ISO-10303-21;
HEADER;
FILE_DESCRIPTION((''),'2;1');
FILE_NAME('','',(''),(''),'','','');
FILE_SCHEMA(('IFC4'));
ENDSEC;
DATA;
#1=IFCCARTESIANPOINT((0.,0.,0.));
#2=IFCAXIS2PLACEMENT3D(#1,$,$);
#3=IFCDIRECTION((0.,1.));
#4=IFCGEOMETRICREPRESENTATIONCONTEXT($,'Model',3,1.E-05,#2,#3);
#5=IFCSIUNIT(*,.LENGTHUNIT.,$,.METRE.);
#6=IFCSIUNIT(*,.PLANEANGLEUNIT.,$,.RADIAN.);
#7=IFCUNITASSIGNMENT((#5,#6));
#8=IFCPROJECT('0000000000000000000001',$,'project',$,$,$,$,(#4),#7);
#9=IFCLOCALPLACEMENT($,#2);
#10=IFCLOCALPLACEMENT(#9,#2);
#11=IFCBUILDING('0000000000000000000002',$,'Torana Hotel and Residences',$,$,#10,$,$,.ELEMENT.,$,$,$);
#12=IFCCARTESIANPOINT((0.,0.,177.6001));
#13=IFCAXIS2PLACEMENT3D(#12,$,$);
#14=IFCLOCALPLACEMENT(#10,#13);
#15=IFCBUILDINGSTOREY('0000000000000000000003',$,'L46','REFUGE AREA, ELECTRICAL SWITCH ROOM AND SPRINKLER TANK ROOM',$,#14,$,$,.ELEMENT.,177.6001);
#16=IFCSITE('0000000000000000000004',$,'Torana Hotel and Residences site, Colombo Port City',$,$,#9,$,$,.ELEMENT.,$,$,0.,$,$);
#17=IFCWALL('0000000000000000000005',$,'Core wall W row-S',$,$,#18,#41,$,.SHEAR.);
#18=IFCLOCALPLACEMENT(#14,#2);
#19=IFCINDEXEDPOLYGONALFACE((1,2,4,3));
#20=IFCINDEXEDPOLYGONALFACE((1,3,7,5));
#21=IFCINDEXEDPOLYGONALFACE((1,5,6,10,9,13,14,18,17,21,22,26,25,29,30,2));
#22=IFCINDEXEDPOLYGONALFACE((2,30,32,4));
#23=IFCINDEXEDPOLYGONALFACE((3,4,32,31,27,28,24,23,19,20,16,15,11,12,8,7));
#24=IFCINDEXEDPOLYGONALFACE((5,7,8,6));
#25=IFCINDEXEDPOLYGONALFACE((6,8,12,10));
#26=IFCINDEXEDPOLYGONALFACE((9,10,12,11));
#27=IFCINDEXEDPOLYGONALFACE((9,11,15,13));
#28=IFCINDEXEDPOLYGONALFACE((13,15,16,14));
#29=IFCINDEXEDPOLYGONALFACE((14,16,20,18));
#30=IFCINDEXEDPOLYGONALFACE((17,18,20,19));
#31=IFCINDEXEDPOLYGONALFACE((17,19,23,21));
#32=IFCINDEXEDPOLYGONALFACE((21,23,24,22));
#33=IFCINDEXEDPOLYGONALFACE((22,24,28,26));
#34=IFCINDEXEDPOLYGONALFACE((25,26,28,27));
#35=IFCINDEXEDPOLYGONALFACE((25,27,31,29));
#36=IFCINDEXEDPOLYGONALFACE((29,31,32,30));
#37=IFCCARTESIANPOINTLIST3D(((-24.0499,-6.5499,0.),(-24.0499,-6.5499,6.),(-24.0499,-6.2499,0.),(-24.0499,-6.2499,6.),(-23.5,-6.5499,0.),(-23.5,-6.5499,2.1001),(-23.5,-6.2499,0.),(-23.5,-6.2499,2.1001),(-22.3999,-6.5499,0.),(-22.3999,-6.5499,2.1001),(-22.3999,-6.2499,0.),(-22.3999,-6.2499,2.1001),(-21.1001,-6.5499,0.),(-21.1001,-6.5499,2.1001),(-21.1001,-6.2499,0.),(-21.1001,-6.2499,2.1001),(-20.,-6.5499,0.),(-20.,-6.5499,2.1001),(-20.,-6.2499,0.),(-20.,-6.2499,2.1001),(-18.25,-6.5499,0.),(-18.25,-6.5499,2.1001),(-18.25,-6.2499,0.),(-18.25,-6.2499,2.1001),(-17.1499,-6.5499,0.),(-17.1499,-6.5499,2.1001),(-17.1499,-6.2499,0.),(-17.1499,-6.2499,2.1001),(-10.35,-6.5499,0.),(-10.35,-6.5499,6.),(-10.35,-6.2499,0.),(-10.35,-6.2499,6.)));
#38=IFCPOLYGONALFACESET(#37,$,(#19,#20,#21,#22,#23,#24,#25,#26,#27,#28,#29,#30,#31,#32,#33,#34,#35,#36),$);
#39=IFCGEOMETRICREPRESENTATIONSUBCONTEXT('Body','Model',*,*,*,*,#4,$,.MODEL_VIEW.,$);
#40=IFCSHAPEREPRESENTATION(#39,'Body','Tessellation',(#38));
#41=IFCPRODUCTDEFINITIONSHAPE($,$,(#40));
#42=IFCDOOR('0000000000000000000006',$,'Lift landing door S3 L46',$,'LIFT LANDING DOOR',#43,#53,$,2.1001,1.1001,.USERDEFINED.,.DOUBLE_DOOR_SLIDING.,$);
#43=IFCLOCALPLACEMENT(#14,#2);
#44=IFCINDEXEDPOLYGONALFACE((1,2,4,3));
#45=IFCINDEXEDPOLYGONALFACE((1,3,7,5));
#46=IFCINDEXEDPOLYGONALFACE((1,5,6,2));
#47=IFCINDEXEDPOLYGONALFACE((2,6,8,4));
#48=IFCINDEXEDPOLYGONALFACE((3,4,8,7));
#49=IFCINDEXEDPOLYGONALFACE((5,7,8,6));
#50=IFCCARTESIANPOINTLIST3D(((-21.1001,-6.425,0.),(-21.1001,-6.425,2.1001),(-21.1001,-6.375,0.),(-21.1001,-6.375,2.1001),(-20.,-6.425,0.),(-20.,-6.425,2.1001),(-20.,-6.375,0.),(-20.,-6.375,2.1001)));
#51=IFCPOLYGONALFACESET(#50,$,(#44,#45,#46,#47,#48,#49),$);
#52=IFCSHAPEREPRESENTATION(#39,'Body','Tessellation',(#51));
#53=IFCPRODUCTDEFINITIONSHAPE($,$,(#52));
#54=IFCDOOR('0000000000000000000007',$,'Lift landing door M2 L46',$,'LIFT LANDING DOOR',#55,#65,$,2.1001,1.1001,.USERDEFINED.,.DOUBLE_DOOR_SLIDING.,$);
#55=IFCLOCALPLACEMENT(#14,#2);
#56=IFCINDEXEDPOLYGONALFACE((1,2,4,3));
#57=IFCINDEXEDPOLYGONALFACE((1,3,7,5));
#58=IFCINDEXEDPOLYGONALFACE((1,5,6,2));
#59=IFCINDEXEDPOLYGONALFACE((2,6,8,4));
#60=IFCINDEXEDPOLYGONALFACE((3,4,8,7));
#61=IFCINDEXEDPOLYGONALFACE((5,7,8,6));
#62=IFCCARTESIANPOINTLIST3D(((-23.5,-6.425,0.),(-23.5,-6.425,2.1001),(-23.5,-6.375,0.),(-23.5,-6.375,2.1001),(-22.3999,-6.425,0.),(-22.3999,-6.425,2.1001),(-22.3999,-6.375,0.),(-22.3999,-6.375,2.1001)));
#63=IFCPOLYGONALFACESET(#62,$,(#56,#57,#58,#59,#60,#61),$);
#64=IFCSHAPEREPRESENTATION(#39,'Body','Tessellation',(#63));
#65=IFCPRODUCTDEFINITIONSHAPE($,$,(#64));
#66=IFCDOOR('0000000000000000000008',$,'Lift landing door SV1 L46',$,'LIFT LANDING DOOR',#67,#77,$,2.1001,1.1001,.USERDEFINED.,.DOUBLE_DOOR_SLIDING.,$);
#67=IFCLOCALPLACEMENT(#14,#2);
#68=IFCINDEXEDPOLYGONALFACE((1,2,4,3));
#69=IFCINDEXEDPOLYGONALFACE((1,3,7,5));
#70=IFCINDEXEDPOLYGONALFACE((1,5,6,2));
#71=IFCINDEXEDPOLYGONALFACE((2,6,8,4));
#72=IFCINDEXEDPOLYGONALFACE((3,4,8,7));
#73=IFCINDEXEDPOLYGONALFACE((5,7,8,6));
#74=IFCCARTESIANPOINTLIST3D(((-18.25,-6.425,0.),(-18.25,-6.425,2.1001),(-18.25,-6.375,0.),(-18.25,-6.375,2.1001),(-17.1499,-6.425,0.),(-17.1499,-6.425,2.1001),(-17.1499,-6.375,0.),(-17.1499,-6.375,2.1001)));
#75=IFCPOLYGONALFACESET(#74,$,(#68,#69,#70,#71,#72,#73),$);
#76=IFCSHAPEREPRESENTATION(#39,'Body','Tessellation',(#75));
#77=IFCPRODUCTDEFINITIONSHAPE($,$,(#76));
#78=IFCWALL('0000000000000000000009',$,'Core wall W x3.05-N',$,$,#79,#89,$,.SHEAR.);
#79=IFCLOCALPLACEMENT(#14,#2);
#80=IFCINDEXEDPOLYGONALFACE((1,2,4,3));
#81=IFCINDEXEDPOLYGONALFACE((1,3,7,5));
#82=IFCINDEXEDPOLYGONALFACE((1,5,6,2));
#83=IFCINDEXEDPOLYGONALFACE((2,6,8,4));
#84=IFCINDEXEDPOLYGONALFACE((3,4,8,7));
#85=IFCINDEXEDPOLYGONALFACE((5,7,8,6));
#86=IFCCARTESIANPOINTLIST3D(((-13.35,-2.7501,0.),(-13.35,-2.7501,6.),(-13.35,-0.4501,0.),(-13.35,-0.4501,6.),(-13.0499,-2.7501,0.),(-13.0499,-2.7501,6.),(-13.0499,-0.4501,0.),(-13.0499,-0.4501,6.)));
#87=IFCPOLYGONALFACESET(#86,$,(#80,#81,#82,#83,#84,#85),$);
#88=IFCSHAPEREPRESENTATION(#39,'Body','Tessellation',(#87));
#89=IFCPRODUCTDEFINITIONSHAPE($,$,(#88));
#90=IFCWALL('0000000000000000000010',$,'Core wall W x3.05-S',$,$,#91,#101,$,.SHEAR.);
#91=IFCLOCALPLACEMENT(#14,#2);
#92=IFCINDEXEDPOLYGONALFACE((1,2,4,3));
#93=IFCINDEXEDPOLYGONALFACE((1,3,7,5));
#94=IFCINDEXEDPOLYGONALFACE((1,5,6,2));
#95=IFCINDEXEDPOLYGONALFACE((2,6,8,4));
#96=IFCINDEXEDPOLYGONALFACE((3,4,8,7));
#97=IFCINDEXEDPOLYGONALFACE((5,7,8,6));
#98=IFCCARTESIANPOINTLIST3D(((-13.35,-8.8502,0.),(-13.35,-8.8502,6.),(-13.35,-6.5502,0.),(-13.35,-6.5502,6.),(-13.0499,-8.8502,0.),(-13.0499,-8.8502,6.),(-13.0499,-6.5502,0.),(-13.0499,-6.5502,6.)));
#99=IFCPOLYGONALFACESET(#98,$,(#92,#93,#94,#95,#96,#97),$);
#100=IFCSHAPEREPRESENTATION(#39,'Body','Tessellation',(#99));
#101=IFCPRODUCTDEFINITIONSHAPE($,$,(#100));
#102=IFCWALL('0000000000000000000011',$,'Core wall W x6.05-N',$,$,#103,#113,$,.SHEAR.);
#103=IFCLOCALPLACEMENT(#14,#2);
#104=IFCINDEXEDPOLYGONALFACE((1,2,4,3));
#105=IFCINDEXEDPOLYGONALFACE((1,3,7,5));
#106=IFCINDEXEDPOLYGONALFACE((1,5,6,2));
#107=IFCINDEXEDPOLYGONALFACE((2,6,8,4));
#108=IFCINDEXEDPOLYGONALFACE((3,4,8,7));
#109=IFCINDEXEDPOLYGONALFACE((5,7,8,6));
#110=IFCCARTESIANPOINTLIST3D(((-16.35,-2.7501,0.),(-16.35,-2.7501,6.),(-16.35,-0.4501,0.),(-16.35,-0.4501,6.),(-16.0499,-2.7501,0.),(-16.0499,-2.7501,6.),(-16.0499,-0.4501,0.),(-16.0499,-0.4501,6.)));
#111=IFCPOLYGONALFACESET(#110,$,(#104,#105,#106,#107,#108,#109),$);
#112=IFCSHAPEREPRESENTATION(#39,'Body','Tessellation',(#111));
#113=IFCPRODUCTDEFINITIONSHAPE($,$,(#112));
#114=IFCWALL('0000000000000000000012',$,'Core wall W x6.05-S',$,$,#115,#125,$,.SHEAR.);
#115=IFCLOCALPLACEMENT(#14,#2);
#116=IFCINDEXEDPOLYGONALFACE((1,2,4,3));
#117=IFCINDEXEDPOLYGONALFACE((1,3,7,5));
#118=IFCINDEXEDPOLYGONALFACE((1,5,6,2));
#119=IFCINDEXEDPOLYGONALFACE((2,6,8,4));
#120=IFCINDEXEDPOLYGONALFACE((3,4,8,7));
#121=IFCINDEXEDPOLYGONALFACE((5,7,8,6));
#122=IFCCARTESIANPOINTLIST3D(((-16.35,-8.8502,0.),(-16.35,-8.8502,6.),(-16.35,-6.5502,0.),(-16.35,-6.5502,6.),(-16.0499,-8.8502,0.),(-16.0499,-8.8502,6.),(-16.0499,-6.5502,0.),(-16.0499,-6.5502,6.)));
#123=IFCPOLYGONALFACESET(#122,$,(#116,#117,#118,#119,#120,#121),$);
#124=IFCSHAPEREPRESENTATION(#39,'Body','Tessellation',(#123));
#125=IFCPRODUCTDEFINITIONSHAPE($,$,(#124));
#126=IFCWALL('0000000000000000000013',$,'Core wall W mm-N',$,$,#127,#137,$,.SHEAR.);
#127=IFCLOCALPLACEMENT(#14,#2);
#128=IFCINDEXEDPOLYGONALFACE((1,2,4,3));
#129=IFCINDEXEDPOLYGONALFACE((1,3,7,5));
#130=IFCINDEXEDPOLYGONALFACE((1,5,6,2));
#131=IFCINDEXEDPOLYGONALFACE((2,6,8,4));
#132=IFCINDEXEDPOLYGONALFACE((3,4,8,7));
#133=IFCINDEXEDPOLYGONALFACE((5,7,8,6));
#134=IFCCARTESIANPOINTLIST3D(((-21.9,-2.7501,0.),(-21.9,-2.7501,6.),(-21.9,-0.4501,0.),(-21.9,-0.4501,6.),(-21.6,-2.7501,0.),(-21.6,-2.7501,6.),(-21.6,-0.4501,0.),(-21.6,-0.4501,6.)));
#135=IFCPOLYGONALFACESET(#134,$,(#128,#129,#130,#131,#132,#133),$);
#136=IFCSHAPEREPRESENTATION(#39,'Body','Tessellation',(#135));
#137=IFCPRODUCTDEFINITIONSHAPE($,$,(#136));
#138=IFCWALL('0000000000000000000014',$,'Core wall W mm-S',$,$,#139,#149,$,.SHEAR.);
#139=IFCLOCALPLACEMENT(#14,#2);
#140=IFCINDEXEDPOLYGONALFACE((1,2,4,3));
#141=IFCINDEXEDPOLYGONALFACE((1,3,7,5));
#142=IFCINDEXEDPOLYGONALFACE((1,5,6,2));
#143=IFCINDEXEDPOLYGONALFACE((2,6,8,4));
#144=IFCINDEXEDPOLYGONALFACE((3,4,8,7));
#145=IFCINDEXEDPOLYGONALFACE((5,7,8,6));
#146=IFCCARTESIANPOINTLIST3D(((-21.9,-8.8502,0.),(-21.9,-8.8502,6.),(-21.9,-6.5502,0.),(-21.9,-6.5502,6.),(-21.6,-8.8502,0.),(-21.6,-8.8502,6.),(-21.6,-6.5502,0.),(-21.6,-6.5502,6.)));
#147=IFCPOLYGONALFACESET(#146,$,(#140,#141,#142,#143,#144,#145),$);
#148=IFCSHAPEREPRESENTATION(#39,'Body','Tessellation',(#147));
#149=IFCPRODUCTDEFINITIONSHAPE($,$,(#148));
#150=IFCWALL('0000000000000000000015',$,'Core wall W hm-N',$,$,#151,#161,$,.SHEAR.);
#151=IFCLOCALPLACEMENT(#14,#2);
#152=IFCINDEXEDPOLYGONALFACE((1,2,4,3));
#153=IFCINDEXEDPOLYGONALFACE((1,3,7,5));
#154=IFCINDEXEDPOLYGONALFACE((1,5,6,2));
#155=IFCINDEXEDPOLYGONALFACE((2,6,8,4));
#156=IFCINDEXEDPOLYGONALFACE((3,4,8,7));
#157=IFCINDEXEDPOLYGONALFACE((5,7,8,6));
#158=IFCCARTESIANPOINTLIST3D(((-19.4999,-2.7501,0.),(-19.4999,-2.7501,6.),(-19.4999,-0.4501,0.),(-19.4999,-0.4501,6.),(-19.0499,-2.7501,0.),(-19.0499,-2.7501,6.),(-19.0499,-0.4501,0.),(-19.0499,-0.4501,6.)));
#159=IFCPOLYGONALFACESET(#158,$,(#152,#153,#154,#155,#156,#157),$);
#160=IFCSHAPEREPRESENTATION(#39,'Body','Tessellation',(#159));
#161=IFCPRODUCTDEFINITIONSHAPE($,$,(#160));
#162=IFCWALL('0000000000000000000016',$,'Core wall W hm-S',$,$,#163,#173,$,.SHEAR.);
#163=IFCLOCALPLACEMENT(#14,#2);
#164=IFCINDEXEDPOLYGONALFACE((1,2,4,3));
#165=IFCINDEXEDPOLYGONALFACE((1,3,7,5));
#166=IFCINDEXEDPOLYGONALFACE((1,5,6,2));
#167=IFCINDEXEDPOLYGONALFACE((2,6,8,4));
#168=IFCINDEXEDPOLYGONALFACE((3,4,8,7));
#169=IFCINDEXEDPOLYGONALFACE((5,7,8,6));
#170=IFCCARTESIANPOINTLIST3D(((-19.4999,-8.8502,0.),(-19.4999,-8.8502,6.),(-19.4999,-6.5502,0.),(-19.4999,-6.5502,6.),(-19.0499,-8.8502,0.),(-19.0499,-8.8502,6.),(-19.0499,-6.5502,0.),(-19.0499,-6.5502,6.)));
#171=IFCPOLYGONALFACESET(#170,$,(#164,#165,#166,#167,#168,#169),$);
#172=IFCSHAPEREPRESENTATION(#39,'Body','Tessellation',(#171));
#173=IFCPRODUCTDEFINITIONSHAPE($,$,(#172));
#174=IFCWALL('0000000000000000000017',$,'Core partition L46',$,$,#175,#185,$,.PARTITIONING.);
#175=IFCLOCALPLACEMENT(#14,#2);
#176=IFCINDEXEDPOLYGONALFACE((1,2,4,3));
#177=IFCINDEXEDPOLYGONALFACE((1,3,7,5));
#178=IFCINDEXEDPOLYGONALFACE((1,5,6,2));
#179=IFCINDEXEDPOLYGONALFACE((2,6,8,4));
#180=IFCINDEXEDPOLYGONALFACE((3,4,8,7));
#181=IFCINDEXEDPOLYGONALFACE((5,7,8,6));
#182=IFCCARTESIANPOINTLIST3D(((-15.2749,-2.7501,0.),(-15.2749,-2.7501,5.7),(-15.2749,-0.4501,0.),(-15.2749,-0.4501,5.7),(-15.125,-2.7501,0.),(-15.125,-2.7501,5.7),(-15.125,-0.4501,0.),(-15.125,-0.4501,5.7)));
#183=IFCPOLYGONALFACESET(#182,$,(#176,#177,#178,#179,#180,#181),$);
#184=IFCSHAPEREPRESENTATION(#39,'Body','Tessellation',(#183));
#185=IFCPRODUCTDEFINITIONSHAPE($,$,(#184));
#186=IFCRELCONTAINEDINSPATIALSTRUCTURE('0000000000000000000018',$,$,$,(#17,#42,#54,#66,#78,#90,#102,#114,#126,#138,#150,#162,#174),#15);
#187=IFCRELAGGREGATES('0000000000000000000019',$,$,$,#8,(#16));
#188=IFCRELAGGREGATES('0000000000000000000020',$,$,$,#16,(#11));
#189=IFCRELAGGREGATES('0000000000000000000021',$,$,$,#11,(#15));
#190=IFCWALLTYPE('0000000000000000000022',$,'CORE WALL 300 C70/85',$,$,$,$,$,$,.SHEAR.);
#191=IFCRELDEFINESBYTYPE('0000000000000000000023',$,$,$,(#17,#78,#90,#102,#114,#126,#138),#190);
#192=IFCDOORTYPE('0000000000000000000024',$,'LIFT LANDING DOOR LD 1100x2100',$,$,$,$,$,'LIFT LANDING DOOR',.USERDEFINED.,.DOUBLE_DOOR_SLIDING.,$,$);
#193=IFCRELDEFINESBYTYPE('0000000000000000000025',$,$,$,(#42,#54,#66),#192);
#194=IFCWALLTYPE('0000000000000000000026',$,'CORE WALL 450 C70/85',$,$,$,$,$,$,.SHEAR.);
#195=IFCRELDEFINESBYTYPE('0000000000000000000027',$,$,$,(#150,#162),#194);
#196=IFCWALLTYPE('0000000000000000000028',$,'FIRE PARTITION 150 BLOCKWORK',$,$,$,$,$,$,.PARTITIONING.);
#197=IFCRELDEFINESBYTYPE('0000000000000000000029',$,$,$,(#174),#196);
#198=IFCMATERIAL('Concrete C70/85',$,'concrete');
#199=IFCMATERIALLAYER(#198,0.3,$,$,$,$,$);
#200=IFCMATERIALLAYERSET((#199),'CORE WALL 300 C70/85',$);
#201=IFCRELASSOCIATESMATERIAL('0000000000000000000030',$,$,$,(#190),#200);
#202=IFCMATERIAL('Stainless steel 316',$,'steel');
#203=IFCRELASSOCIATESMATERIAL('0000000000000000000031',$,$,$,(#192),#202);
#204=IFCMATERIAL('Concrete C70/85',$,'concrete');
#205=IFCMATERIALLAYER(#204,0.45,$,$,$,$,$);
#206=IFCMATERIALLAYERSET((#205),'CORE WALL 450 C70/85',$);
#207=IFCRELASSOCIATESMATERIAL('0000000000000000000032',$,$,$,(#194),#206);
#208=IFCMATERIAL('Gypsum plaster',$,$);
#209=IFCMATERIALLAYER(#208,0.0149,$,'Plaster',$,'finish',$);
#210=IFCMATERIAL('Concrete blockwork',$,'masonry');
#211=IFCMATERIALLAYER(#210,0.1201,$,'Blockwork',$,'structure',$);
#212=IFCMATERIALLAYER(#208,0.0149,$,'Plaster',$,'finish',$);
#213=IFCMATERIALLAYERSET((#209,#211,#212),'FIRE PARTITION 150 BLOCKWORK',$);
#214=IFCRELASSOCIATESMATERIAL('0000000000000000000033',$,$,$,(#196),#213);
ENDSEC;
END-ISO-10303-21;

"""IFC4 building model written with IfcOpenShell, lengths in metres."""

from ifc_helpers import new_model, si_unit, direction, frame, frame_2d, origin, place, context, subcontext, project, spatial, rectangle, extrude, material, layer, layer_set, type_object, element, fill, save


model = new_model("IFC4")

# Units and contexts
model_context = context("Model", 3, precision=1e-05, world=origin(), true_north=direction((0.0, 1.0)))
body_context = subcontext(model_context, "Body", "Model", "MODEL_VIEW")
ifc_project = project(units=[si_unit("LENGTHUNIT", "METRE"), si_unit("PLANEANGLEUNIT", "RADIAN")], contexts=[model_context])

# Site, building, storey
site_placement = place(None, origin())
site = spatial("IfcSite", under=ifc_project, at=site_placement, Name="Torana Hotel and Residences site, Colombo Port City", CompositionType="ELEMENT", RefElevation=0.0)
building_placement = place(site_placement, origin())
building = spatial("IfcBuilding", under=site, at=building_placement, Name="Torana Hotel and Residences", CompositionType="ELEMENT")
storey_placement = place(building_placement, frame((0.0, 0.0, 177.6001)))
storey = spatial("IfcBuildingStorey", under=building, at=storey_placement, Name="L46", Description="REFUGE AREA, ELECTRICAL SWITCH ROOM AND SPRINKLER TANK ROOM", CompositionType="ELEMENT", Elevation=177.6001)

# Wall, openings, doors
ifc_material_1 = material(Name="Concrete C70/85", Category="concrete")
ifc_layer_1 = layer(ifc_material_1, 0.3)
ifc_layer_set_1 = layer_set([ifc_layer_1], Name="CORE WALL 300 C70/85")
wall_type_1 = type_object("IfcWallType", Name="CORE WALL 300 C70/85", PredefinedType="SHEAR", material=ifc_layer_set_1)
ifc_material_2 = material(Name="Stainless steel 316", Category="steel")
door_type_1 = type_object("IfcDoorType", Name="LIFT LANDING DOOR LD 1100x2100", ElementType="LIFT LANDING DOOR", OperationType="DOUBLE_DOOR_SLIDING", PredefinedType="USERDEFINED", material=ifc_material_2)
wall_1_placement = place(storey_placement, frame((-24.05, -6.3999, 0.0), z_axis=(0.0, 0.0, 1.0), x_axis=(1.0, 0.0, 0.0)))
wall_1 = element("IfcWall", 1, at=wall_1_placement, inside=storey, type_object=wall_type_1, Name="Core wall W row-S", PredefinedType="SHEAR", context=body_context, shape_type="SweptSolid", body=[
    extrude(rectangle(XDim=13.7, YDim=0.3, at=frame_2d((6.8501, 0.0))), origin(), (0.0, 0.0, 1.0), 6.0),
])
opening_1_placement = place(wall_1_placement, frame((2.95, 0.0, 0.0)))
opening_1 = element("IfcOpeningElement", 2, at=opening_1_placement, cuts=wall_1, PredefinedType="OPENING", context=body_context, shape_type="SweptSolid", body=[
    extrude(rectangle(XDim=1.1001, YDim=2.1001, at=frame_2d((0.55, 1.05))), frame((0.0, 0.1599, 0.0), z_axis=(0.0, -1.0, 0.0), x_axis=(1.0, 0.0, 0.0)), (0.0, 0.0, 1.0), 0.3201),
])
opening_2_placement = place(wall_1_placement, frame((0.55, 0.0, 0.0)))
opening_2 = element("IfcOpeningElement", 3, at=opening_2_placement, cuts=wall_1, PredefinedType="OPENING", context=body_context, shape_type="SweptSolid", body=[
    extrude(rectangle(XDim=1.1001, YDim=2.1001, at=frame_2d((0.55, 1.05))), frame((0.0, 0.1599, 0.0), z_axis=(0.0, -1.0, 0.0), x_axis=(1.0, 0.0, 0.0)), (0.0, 0.0, 1.0), 0.3201),
])
opening_3_placement = place(wall_1_placement, frame((5.8, 0.0, 0.0)))
opening_3 = element("IfcOpeningElement", 4, at=opening_3_placement, cuts=wall_1, PredefinedType="OPENING", context=body_context, shape_type="SweptSolid", body=[
    extrude(rectangle(XDim=1.1001, YDim=2.1001, at=frame_2d((0.55, 1.05))), frame((0.0, 0.1599, 0.0), z_axis=(0.0, -1.0, 0.0), x_axis=(1.0, 0.0, 0.0)), (0.0, 0.0, 1.0), 0.3201),
])
door_1_placement = place(opening_1_placement, origin())
door_1 = element("IfcDoor", 5, at=door_1_placement, inside=storey, type_object=door_type_1, Name="Lift landing door S3 L46", ObjectType="LIFT LANDING DOOR", OperationType="DOUBLE_DOOR_SLIDING", OverallHeight=2.1001, OverallWidth=1.1001, PredefinedType="USERDEFINED", context=body_context, shape_type="SweptSolid", body=[
    extrude(rectangle(XDim=1.1001, YDim=2.1001, at=frame_2d((0.55, 1.05))), frame((0.0, 0.0249, 0.0), z_axis=(0.0, -1.0, 0.0), x_axis=(1.0, 0.0, 0.0)), (0.0, 0.0, 1.0), 0.05),
])
fill(opening_1, door_1)
door_2_placement = place(opening_2_placement, origin())
door_2 = element("IfcDoor", 6, at=door_2_placement, inside=storey, type_object=door_type_1, Name="Lift landing door M2 L46", ObjectType="LIFT LANDING DOOR", OperationType="DOUBLE_DOOR_SLIDING", OverallHeight=2.1001, OverallWidth=1.1001, PredefinedType="USERDEFINED", context=body_context, shape_type="SweptSolid", body=[
    extrude(rectangle(XDim=1.1001, YDim=2.1001, at=frame_2d((0.55, 1.05))), frame((0.0, 0.0249, 0.0), z_axis=(0.0, -1.0, 0.0), x_axis=(1.0, 0.0, 0.0)), (0.0, 0.0, 1.0), 0.05),
])
fill(opening_2, door_2)
door_3_placement = place(opening_3_placement, origin())
door_3 = element("IfcDoor", 7, at=door_3_placement, inside=storey, type_object=door_type_1, Name="Lift landing door SV1 L46", ObjectType="LIFT LANDING DOOR", OperationType="DOUBLE_DOOR_SLIDING", OverallHeight=2.1001, OverallWidth=1.1001, PredefinedType="USERDEFINED", context=body_context, shape_type="SweptSolid", body=[
    extrude(rectangle(XDim=1.1001, YDim=2.1001, at=frame_2d((0.55, 1.05))), frame((0.0, 0.0249, 0.0), z_axis=(0.0, -1.0, 0.0), x_axis=(1.0, 0.0, 0.0)), (0.0, 0.0, 1.0), 0.05),
])
fill(opening_3, door_3)

# Walls
for number, where, z_axis, x_axis, name in (
    (8, (-13.2, -2.75, 0.0), (0.0, 0.0, 1.0), (0.0, 1.0, 0.0), "Core wall W x3.05-N"),
    (9, (-13.2, -8.8501, 0.0), (0.0, 0.0, 1.0), (0.0, 1.0, 0.0), "Core wall W x3.05-S"),
    (10, (-16.2, -2.75, 0.0), (0.0, 0.0, 1.0), (0.0, 1.0, 0.0), "Core wall W x6.05-N"),
    (11, (-16.2, -8.8501, 0.0), (0.0, 0.0, 1.0), (0.0, 1.0, 0.0), "Core wall W x6.05-S"),
    (12, (-21.75, -2.75, 0.0), (0.0, 0.0, 1.0), (0.0, 1.0, 0.0), "Core wall W mm-N"),
    (13, (-21.75, -8.8501, 0.0), (0.0, 0.0, 1.0), (0.0, 1.0, 0.0), "Core wall W mm-S"),
):
    element("IfcWall", number, at=place(storey_placement, frame(where, z_axis=z_axis, x_axis=x_axis)), inside=storey, type_object=wall_type_1, Name=name, PredefinedType="SHEAR", context=body_context, shape_type="SweptSolid", body=[
        extrude(rectangle(XDim=2.3, YDim=0.3, at=frame_2d((1.1499, 0.0))), origin(), (0.0, 0.0, 1.0), 6.0),
    ])
ifc_material_3 = material(Name="Concrete C70/85", Category="concrete")
ifc_layer_2 = layer(ifc_material_3, 0.45)
ifc_layer_set_2 = layer_set([ifc_layer_2], Name="CORE WALL 450 C70/85")
wall_type_2 = type_object("IfcWallType", Name="CORE WALL 450 C70/85", PredefinedType="SHEAR", material=ifc_layer_set_2)
for number, where, z_axis, x_axis, name in (
    (14, (-19.2749, -2.75, 0.0), (0.0, 0.0, 1.0), (0.0, 1.0, 0.0), "Core wall W hm-N"),
    (15, (-19.2749, -8.8501, 0.0), (0.0, 0.0, 1.0), (0.0, 1.0, 0.0), "Core wall W hm-S"),
):
    element("IfcWall", number, at=place(storey_placement, frame(where, z_axis=z_axis, x_axis=x_axis)), inside=storey, type_object=wall_type_2, Name=name, PredefinedType="SHEAR", context=body_context, shape_type="SweptSolid", body=[
        extrude(rectangle(XDim=2.3, YDim=0.45, at=frame_2d((1.1499, 0.0))), origin(), (0.0, 0.0, 1.0), 6.0),
    ])
ifc_material_4 = material(Name="Gypsum plaster")
ifc_layer_3 = layer(ifc_material_4, 0.0149, Name="Plaster", Category="finish")
ifc_material_5 = material(Name="Concrete blockwork", Category="masonry")
ifc_layer_4 = layer(ifc_material_5, 0.1201, Name="Blockwork", Category="structure")
ifc_layer_5 = layer(ifc_material_4, 0.0149, Name="Plaster", Category="finish")
ifc_layer_set_3 = layer_set([ifc_layer_3, ifc_layer_4, ifc_layer_5], Name="FIRE PARTITION 150 BLOCKWORK")
wall_type_3 = type_object("IfcWallType", Name="FIRE PARTITION 150 BLOCKWORK", PredefinedType="PARTITIONING", material=ifc_layer_set_3)
wall_2_placement = place(storey_placement, frame((-15.2, -2.75, 0.0), z_axis=(0.0, 0.0, 1.0), x_axis=(0.0, 1.0, 0.0)))
element("IfcWall", 16, at=wall_2_placement, inside=storey, type_object=wall_type_3, Name="Core partition L46", PredefinedType="PARTITIONING", context=body_context, shape_type="SweptSolid", body=[
    extrude(rectangle(XDim=2.3, YDim=0.1499, at=frame_2d((1.1499, 0.0))), origin(), (0.0, 0.0, 1.0), 5.7),
])

save(model, "model.ifc")
